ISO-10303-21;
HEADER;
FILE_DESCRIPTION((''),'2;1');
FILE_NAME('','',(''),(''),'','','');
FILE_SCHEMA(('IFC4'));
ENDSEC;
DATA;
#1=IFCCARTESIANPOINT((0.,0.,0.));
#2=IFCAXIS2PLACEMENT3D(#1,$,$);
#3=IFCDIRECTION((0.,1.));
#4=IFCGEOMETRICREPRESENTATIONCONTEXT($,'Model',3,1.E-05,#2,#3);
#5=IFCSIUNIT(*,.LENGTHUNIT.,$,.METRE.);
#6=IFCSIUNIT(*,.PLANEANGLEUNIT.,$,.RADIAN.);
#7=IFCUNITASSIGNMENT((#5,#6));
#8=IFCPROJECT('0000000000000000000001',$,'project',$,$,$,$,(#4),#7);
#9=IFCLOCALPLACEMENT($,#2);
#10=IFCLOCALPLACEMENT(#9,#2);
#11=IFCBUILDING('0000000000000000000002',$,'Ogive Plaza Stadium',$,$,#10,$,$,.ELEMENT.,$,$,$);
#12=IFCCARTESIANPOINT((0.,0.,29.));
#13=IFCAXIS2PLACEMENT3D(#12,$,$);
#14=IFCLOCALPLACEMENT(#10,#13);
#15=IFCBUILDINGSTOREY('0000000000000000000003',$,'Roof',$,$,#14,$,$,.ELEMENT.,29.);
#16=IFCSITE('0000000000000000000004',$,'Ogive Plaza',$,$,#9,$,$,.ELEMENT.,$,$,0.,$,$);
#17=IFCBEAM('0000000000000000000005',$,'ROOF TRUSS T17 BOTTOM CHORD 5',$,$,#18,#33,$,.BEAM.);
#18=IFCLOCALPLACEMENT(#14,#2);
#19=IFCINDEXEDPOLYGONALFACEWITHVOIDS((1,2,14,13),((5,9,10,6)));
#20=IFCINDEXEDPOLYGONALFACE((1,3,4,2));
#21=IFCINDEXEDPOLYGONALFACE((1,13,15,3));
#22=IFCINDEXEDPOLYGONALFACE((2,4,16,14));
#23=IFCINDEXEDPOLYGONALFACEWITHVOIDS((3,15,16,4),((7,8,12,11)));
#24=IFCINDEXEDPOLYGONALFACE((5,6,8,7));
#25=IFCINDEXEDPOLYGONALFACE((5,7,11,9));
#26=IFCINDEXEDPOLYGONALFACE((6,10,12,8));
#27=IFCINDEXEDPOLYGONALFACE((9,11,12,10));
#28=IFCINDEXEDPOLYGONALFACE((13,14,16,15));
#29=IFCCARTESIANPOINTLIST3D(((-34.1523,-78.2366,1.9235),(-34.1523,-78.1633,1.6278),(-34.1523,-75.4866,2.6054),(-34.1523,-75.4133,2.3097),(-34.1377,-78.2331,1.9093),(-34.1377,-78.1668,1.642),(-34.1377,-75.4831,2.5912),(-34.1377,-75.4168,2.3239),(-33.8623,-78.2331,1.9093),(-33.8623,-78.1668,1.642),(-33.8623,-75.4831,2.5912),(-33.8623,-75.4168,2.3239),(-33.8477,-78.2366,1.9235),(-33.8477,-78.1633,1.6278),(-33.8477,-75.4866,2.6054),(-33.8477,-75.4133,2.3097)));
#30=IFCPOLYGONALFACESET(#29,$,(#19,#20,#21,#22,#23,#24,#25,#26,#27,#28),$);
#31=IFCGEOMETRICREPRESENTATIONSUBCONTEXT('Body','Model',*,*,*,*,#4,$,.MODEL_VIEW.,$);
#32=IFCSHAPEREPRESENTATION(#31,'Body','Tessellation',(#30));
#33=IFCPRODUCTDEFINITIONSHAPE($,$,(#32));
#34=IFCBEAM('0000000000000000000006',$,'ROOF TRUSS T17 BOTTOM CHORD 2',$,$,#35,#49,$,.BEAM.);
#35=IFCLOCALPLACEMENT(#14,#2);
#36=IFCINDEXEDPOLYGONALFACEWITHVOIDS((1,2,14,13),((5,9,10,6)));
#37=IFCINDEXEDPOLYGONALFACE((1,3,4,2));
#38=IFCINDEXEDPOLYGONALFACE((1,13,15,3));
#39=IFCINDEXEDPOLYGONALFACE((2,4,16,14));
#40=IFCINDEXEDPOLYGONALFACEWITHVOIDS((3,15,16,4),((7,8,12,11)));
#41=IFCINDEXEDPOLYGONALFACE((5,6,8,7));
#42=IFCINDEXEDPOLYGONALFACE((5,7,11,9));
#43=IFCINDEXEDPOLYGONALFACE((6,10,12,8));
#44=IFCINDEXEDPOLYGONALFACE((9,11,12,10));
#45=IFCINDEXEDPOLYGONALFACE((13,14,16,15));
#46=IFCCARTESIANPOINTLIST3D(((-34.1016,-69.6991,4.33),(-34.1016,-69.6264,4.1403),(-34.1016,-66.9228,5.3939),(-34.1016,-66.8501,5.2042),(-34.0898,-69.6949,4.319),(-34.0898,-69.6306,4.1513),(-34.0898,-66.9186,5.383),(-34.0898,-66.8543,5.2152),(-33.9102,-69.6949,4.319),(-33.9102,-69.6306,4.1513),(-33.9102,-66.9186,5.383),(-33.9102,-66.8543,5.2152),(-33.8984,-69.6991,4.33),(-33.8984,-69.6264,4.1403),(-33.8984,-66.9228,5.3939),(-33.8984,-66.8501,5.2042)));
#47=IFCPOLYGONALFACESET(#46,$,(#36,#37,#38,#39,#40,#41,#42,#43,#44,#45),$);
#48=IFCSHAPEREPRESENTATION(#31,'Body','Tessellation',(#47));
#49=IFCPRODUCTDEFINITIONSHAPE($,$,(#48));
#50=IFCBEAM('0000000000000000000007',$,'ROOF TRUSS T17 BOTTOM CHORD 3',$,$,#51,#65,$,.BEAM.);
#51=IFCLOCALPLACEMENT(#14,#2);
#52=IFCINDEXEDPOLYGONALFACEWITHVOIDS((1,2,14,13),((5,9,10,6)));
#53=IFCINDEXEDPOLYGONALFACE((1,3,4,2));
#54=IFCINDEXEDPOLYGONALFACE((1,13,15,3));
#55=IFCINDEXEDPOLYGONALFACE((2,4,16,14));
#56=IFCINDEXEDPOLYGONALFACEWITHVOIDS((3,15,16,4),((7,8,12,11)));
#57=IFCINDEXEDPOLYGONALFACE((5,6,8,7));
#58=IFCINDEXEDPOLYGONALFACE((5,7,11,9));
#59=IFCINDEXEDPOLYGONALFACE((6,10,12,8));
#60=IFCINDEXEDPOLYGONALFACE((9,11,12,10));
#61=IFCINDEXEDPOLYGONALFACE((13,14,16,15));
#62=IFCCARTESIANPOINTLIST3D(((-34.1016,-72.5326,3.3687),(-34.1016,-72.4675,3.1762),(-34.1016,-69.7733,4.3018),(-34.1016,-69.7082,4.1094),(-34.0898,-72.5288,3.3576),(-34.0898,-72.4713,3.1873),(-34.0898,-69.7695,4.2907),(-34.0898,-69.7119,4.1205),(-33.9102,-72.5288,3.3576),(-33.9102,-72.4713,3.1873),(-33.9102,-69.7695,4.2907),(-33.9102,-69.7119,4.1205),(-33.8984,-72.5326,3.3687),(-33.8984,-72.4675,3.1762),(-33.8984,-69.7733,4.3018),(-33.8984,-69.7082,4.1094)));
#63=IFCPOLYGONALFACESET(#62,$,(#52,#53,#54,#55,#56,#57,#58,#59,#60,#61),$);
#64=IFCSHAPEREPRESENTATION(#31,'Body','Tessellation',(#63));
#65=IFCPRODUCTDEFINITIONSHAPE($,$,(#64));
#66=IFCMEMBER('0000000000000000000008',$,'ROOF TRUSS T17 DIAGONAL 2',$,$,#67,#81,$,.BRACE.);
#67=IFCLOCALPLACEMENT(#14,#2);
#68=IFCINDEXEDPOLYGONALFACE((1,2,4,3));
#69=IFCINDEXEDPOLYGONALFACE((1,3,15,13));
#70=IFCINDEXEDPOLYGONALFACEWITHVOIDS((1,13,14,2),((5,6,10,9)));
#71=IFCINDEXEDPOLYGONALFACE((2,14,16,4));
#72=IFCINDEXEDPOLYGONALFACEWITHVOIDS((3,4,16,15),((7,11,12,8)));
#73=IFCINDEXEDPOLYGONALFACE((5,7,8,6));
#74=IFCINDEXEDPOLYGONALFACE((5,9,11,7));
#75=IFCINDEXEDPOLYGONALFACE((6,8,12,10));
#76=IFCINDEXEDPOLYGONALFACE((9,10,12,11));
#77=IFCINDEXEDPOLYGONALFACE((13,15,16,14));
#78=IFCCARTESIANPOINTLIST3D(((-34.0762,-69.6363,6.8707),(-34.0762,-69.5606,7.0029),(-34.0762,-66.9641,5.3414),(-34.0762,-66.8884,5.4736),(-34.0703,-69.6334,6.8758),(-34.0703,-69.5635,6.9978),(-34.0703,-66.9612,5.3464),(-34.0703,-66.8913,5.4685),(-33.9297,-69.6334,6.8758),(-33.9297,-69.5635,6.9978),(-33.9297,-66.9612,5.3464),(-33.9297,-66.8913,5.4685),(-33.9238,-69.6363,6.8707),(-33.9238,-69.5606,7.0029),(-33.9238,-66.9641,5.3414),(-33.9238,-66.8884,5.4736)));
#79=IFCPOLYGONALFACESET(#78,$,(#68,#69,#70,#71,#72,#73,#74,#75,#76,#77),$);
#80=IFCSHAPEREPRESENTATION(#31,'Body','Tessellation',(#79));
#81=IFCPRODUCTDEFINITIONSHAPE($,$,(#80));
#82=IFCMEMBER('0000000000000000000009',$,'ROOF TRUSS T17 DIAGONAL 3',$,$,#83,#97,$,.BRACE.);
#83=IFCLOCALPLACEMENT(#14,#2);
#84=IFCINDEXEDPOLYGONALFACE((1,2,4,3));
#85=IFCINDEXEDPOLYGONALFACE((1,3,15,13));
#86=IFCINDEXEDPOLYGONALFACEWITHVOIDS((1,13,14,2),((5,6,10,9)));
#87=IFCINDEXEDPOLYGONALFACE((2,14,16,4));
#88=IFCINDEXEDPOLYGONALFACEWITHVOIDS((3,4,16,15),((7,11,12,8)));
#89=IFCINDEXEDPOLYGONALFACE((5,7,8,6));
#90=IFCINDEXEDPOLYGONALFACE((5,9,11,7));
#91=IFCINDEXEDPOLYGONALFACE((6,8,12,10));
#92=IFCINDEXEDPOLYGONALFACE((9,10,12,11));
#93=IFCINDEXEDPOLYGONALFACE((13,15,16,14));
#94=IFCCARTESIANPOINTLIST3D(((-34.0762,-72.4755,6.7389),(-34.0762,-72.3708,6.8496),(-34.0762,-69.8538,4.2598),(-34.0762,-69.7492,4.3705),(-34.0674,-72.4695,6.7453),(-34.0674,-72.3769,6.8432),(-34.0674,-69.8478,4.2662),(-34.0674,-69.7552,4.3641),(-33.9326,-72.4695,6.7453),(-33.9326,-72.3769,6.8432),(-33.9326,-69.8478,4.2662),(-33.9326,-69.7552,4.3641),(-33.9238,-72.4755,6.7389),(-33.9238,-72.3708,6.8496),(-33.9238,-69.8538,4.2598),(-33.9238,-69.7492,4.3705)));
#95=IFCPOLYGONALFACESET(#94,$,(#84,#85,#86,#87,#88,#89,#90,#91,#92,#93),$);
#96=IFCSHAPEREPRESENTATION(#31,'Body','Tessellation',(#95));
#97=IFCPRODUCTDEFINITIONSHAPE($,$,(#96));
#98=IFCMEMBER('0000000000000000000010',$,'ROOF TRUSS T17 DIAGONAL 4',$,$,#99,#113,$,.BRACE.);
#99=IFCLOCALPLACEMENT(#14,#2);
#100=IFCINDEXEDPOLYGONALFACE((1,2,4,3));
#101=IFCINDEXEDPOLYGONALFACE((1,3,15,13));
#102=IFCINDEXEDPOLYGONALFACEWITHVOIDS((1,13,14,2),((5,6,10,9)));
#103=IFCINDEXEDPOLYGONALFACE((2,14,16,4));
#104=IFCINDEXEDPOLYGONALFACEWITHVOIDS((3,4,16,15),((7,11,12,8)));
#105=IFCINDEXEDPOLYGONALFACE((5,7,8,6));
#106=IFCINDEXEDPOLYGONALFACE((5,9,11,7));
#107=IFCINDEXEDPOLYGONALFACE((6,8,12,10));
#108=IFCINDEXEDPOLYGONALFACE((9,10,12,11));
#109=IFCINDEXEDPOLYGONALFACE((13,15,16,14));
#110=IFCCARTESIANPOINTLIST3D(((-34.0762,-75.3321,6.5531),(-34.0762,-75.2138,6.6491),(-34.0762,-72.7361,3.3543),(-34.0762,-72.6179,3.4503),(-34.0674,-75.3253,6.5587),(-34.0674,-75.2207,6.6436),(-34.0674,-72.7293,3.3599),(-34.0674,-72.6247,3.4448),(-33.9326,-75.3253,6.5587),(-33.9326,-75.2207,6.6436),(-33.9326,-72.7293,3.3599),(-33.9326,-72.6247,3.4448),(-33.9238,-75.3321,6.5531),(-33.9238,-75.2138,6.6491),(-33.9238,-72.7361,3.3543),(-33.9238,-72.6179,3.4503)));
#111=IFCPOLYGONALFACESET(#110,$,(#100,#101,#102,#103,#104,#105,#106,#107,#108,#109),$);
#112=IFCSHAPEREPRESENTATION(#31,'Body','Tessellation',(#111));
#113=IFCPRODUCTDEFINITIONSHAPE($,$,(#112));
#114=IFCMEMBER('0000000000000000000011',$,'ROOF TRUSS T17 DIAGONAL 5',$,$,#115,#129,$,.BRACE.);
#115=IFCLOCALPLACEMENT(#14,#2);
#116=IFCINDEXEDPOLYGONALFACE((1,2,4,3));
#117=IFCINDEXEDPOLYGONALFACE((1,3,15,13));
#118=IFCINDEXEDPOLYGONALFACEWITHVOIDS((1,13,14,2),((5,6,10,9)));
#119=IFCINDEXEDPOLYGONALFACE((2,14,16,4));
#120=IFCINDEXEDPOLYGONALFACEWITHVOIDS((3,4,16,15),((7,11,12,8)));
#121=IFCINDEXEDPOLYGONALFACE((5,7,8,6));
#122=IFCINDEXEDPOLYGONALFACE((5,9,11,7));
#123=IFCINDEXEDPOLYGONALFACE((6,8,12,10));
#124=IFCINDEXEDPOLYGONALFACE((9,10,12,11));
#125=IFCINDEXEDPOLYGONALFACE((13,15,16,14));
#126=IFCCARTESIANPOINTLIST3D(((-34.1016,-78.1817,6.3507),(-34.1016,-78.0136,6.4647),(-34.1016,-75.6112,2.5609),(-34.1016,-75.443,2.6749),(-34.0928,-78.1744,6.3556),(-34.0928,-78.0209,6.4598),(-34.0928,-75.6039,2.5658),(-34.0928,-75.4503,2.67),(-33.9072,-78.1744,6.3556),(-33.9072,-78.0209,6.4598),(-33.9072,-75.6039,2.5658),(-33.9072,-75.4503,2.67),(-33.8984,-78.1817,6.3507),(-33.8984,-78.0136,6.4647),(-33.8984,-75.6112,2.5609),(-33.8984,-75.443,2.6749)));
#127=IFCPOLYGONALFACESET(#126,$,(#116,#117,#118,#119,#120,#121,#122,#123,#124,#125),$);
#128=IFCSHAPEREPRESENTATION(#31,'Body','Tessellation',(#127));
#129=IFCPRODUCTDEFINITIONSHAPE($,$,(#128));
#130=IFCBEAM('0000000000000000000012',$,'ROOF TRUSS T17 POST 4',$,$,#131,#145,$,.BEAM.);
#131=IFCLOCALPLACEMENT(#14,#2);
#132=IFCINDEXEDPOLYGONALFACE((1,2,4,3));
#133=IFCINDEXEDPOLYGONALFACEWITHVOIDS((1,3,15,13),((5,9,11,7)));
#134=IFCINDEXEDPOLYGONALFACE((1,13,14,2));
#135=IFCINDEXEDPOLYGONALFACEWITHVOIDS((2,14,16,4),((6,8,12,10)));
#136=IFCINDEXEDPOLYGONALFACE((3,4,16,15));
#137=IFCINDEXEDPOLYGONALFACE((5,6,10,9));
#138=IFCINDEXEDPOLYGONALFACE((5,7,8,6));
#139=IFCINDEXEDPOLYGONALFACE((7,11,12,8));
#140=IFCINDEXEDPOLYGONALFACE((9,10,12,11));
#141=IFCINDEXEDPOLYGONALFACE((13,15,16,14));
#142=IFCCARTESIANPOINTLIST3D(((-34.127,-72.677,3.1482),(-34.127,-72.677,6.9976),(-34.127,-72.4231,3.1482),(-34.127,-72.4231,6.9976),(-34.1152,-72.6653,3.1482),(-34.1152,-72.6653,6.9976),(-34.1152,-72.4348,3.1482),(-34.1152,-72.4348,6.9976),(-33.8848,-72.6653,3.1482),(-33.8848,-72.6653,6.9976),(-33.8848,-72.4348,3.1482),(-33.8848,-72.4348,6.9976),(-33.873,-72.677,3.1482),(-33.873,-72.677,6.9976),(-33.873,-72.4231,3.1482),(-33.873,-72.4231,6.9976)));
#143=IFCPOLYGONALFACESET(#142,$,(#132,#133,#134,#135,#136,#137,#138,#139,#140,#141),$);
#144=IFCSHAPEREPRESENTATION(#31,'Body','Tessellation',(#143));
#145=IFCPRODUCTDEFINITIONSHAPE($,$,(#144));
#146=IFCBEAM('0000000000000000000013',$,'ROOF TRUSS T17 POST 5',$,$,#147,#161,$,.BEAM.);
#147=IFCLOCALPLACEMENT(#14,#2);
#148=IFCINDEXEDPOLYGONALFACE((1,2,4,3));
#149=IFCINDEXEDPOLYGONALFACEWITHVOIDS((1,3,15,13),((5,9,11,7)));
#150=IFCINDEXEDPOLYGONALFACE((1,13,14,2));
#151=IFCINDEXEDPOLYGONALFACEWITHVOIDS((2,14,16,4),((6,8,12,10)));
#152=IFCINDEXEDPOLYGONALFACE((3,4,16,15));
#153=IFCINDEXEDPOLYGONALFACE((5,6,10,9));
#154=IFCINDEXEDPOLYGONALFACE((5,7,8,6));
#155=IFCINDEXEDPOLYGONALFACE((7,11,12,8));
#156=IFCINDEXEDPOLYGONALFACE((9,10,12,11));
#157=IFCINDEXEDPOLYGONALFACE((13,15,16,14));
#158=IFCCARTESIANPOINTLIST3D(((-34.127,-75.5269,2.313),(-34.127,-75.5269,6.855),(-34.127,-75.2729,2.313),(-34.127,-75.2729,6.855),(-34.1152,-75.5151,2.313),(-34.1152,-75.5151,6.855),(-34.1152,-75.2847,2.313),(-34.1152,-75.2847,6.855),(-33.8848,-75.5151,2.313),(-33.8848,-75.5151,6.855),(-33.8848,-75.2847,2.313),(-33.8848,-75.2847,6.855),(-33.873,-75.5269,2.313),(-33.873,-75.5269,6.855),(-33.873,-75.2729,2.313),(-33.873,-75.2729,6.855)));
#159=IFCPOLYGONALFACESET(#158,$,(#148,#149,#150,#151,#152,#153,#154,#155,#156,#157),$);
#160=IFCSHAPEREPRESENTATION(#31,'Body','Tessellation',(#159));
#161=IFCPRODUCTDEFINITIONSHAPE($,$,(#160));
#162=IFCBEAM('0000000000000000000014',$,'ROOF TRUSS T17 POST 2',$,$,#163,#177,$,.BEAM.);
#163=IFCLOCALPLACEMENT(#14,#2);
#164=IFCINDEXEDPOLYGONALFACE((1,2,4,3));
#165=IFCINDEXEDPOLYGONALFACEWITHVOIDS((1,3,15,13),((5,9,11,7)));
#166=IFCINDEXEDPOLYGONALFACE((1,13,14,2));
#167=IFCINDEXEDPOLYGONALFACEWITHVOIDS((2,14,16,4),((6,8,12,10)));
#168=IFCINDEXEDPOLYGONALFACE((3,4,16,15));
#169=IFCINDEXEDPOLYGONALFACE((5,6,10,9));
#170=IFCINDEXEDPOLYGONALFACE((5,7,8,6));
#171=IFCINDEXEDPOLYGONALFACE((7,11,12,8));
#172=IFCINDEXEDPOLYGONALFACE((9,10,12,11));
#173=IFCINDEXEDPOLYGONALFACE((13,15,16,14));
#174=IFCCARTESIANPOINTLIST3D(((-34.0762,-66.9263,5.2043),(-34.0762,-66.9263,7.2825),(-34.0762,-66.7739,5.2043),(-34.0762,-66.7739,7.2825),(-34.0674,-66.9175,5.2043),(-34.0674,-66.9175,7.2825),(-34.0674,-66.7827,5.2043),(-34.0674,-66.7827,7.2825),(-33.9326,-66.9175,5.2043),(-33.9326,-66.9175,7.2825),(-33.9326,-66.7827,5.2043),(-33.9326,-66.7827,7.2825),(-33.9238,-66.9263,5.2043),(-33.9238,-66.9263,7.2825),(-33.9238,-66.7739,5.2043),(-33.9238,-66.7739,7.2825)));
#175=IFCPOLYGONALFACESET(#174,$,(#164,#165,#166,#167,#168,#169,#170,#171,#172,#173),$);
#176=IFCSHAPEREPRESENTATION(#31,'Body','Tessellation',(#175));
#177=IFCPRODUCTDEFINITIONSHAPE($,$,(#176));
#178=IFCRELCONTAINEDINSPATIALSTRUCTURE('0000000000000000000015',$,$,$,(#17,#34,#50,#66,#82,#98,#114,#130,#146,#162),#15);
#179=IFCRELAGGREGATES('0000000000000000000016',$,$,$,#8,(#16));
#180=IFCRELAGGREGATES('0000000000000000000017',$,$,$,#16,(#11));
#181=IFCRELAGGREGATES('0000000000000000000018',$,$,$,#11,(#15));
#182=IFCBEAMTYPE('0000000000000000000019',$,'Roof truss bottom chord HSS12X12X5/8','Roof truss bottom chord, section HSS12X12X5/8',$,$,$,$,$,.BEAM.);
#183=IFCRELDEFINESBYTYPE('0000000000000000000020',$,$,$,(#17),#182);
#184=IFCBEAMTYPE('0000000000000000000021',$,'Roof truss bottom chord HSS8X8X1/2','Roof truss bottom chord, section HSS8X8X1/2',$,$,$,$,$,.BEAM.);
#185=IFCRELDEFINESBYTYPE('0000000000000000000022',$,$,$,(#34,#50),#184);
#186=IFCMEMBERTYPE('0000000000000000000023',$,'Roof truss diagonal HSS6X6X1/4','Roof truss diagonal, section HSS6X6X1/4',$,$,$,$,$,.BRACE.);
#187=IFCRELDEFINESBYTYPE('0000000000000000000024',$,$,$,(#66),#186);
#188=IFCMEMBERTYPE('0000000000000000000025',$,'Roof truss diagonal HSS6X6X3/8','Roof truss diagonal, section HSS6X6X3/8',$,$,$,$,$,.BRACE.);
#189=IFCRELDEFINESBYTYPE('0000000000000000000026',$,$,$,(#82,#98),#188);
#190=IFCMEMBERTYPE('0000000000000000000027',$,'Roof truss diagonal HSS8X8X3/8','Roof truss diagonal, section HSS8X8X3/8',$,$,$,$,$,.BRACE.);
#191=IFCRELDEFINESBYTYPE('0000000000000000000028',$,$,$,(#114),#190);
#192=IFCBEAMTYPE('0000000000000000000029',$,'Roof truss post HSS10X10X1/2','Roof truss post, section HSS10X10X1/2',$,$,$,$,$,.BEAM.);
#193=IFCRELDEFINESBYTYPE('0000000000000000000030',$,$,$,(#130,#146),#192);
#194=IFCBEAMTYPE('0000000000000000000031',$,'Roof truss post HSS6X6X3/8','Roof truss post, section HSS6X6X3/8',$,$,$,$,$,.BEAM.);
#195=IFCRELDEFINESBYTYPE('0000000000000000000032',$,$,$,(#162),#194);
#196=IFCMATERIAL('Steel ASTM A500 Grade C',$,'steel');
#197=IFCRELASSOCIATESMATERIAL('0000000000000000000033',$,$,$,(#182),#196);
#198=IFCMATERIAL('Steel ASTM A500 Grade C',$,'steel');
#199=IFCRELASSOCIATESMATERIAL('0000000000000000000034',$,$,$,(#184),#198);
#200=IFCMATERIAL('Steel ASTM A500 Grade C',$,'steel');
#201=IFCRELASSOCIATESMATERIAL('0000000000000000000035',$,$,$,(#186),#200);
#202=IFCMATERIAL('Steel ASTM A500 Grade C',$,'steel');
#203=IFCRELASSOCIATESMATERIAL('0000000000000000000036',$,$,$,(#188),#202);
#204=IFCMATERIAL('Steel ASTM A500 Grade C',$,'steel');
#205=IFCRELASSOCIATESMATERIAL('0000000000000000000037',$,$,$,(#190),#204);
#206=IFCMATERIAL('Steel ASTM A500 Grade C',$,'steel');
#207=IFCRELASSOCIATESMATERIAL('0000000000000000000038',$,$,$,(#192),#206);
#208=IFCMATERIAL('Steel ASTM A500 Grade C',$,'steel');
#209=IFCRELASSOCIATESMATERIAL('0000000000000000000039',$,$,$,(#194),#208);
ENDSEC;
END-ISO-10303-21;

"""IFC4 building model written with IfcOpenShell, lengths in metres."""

from ifc_helpers import new_model, si_unit, direction, frame, origin, origin_2d, place, context, subcontext, project, spatial, hollow_rectangle, extrude, material, material_profile, profile_set, type_object, element, save


model = new_model("IFC4")

# Units and contexts
model_context = context("Model", 3, precision=1e-05, world=origin(), true_north=direction((0.0, 1.0)))
body_context = subcontext(model_context, "Body", "Model", "MODEL_VIEW")
ifc_project = project(units=[si_unit("LENGTHUNIT", "METRE"), si_unit("PLANEANGLEUNIT", "RADIAN")], contexts=[model_context])

# Site, building, storey
site_placement = place(None, origin())
site = spatial("IfcSite", under=ifc_project, at=site_placement, Name="Ogive Plaza", CompositionType="ELEMENT", RefElevation=0.0)
building_placement = place(site_placement, origin())
building = spatial("IfcBuilding", under=site, at=building_placement, Name="Ogive Plaza Stadium", CompositionType="ELEMENT")
storey_placement = place(building_placement, frame((0.0, 0.0, 29.0)))
storey = spatial("IfcBuildingStorey", under=building, at=storey_placement, Name="Roof", CompositionType="ELEMENT", Elevation=29.0)

# Beams
ifc_material_1 = material(Name="Steel ASTM A500 Grade C", Category="steel")
ifc_material_profile_1 = material_profile(ifc_material_1, hollow_rectangle(XDim=0.3047, YDim=0.3047, WallThickness=0.0146, at=origin_2d()), Name="HSS12X12X5/8")
ifc_profile_set_1 = profile_set([ifc_material_profile_1], Name="Steel ASTM A500 Grade C")
beam_type_1 = type_object("IfcBeamType", Name="Roof truss bottom chord HSS12X12X5/8", Description="Roof truss bottom chord, section HSS12X12X5/8", PredefinedType="BEAM", material=ifc_profile_set_1)
beam_1_placement = place(storey_placement, frame((-34.0, -75.45, 2.4575), z_axis=(0.0, -0.970607, -0.24067), x_axis=(1.0, 0.0, 0.0)))
element("IfcBeam", 1, at=beam_1_placement, inside=storey, type_object=beam_type_1, Name="ROOF TRUSS T17 BOTTOM CHORD 5", PredefinedType="BEAM", context=body_context, shape_type="SweptSolid", body=[
    extrude(hollow_rectangle(XDim=0.3047, YDim=0.3047, WallThickness=0.0146, at=origin_2d()), origin(), (0.0, 0.0, 1.0), 2.8333),
])
ifc_material_2 = material(Name="Steel ASTM A500 Grade C", Category="steel")
ifc_material_profile_2 = material_profile(ifc_material_2, hollow_rectangle(XDim=0.2031, YDim=0.2031, WallThickness=0.0117, at=origin_2d()), Name="HSS8X8X1/2")
ifc_profile_set_2 = profile_set([ifc_material_profile_2], Name="Steel ASTM A500 Grade C")
beam_type_2 = type_object("IfcBeamType", Name="Roof truss bottom chord HSS8X8X1/2", Description="Roof truss bottom chord, section HSS8X8X1/2", PredefinedType="BEAM", material=ifc_profile_set_2)
beam_2_placement = place(storey_placement, frame((-34.0, -66.8865, 5.2991), z_axis=(0.0, -0.933781, -0.357845), x_axis=(1.0, 0.0, 0.0)))
element("IfcBeam", 2, at=beam_2_placement, inside=storey, type_object=beam_type_2, Name="ROOF TRUSS T17 BOTTOM CHORD 2", PredefinedType="BEAM", context=body_context, shape_type="SweptSolid", body=[
    extrude(hollow_rectangle(XDim=0.2031, YDim=0.2031, WallThickness=0.0117, at=origin_2d()), origin(), (0.0, 0.0, 1.0), 2.9731),
])
beam_3_placement = place(storey_placement, frame((-34.0, -69.7407, 4.2056), z_axis=(0.0, -0.9473, -0.320349), x_axis=(1.0, 0.0, 0.0)))
element("IfcBeam", 3, at=beam_3_placement, inside=storey, type_object=beam_type_2, Name="ROOF TRUSS T17 BOTTOM CHORD 3", PredefinedType="BEAM", context=body_context, shape_type="SweptSolid", body=[
    extrude(hollow_rectangle(XDim=0.2031, YDim=0.2031, WallThickness=0.0117, at=origin_2d()), origin(), (0.0, 0.0, 1.0), 2.9128),
])

# Members
ifc_material_3 = material(Name="Steel ASTM A500 Grade C", Category="steel")
ifc_material_profile_3 = material_profile(ifc_material_3, hollow_rectangle(XDim=0.1523, YDim=0.1523, WallThickness=0.0059, at=origin_2d()), Name="HSS6X6X1/4")
ifc_profile_set_3 = profile_set([ifc_material_profile_3], Name="Steel ASTM A500 Grade C")
member_type_1 = type_object("IfcMemberType", Name="Roof truss diagonal HSS6X6X1/4", Description="Roof truss diagonal, section HSS6X6X1/4", PredefinedType="BRACE", material=ifc_profile_set_3)
member_1_placement = place(storey_placement, frame((-34.0, -66.9263, 5.4075), z_axis=(0.0, -0.867911, 0.49672), x_axis=(1.0, 0.0, 0.0)))
element("IfcMember", 4, at=member_1_placement, inside=storey, type_object=member_type_1, Name="ROOF TRUSS T17 DIAGONAL 2", PredefinedType="BRACE", context=body_context, shape_type="SweptSolid", body=[
    extrude(hollow_rectangle(XDim=0.1523, YDim=0.1523, WallThickness=0.0059, at=origin_2d()), origin(), (0.0, 0.0, 1.0), 3.0789),
])
ifc_material_4 = material(Name="Steel ASTM A500 Grade C", Category="steel")
ifc_material_profile_4 = material_profile(ifc_material_4, hollow_rectangle(XDim=0.1523, YDim=0.1523, WallThickness=0.0088, at=origin_2d()), Name="HSS6X6X3/8")
ifc_profile_set_4 = profile_set([ifc_material_profile_4], Name="Steel ASTM A500 Grade C")
member_type_2 = type_object("IfcMemberType", Name="Roof truss diagonal HSS6X6X3/8", Description="Roof truss diagonal, section HSS6X6X3/8", PredefinedType="BRACE", material=ifc_profile_set_4)
member_2_placement = place(storey_placement, frame((-34.0, -69.8015, 4.3152), z_axis=(0.0, -0.726589, 0.687072), x_axis=(1.0, 0.0, 0.0)))
element("IfcMember", 5, at=member_2_placement, inside=storey, type_object=member_type_2, Name="ROOF TRUSS T17 DIAGONAL 3", PredefinedType="BRACE", context=body_context, shape_type="SweptSolid", body=[
    extrude(hollow_rectangle(XDim=0.1523, YDim=0.1523, WallThickness=0.0088, at=origin_2d()), origin(), (0.0, 0.0, 1.0), 3.6082),
])
member_3_placement = place(storey_placement, frame((-34.0, -72.677, 3.4023), z_axis=(0.0, -0.630151, 0.776473), x_axis=(1.0, 0.0, 0.0)))
element("IfcMember", 6, at=member_3_placement, inside=storey, type_object=member_type_2, Name="ROOF TRUSS T17 DIAGONAL 4", PredefinedType="BRACE", context=body_context, shape_type="SweptSolid", body=[
    extrude(hollow_rectangle(XDim=0.1523, YDim=0.1523, WallThickness=0.0088, at=origin_2d()), origin(), (0.0, 0.0, 1.0), 4.1196),
])
ifc_material_5 = material(Name="Steel ASTM A500 Grade C", Category="steel")
ifc_material_profile_5 = material_profile(ifc_material_5, hollow_rectangle(XDim=0.2031, YDim=0.2031, WallThickness=0.0088, at=origin_2d()), Name="HSS8X8X3/8")
ifc_profile_set_5 = profile_set([ifc_material_profile_5], Name="Steel ASTM A500 Grade C")
member_type_3 = type_object("IfcMemberType", Name="Roof truss diagonal HSS8X8X3/8", Description="Roof truss diagonal, section HSS8X8X3/8", PredefinedType="BRACE", material=ifc_profile_set_5)
member_4_placement = place(storey_placement, frame((-34.0, -75.5271, 2.6179), z_axis=(0.0, -0.561338, 0.827586), x_axis=(1.0, 0.0, 0.0)))
element("IfcMember", 7, at=member_4_placement, inside=storey, type_object=member_type_3, Name="ROOF TRUSS T17 DIAGONAL 5", PredefinedType="BRACE", context=body_context, shape_type="SweptSolid", body=[
    extrude(hollow_rectangle(XDim=0.2031, YDim=0.2031, WallThickness=0.0088, at=origin_2d()), origin(), (0.0, 0.0, 1.0), 4.5793),
])

# Beams
ifc_material_6 = material(Name="Steel ASTM A500 Grade C", Category="steel")
ifc_material_profile_6 = material_profile(ifc_material_6, hollow_rectangle(XDim=0.2539, YDim=0.2539, WallThickness=0.0117, at=origin_2d()), Name="HSS10X10X1/2")
ifc_profile_set_6 = profile_set([ifc_material_profile_6], Name="Steel ASTM A500 Grade C")
beam_type_3 = type_object("IfcBeamType", Name="Roof truss post HSS10X10X1/2", Description="Roof truss post, section HSS10X10X1/2", PredefinedType="BEAM", material=ifc_profile_set_6)
beam_4_placement = place(storey_placement, frame((-34.0, -72.55, 3.1482), z_axis=(0.0, 0.0, 1.0), x_axis=(1.0, 0.0, 0.0)))
element("IfcBeam", 8, at=beam_4_placement, inside=storey, type_object=beam_type_3, Name="ROOF TRUSS T17 POST 4", PredefinedType="BEAM", context=body_context, shape_type="SweptSolid", body=[
    extrude(hollow_rectangle(XDim=0.2539, YDim=0.2539, WallThickness=0.0117, at=origin_2d()), origin(), (0.0, 0.0, 1.0), 3.8494),
])
beam_5_placement = place(storey_placement, frame((-34.0, -75.3999, 2.313), z_axis=(0.0, 0.0, 1.0), x_axis=(1.0, 0.0, 0.0)))
element("IfcBeam", 9, at=beam_5_placement, inside=storey, type_object=beam_type_3, Name="ROOF TRUSS T17 POST 5", PredefinedType="BEAM", context=body_context, shape_type="SweptSolid", body=[
    extrude(hollow_rectangle(XDim=0.2539, YDim=0.2539, WallThickness=0.0117, at=origin_2d()), origin(), (0.0, 0.0, 1.0), 4.542),
])
ifc_material_7 = material(Name="Steel ASTM A500 Grade C", Category="steel")
ifc_material_profile_7 = material_profile(ifc_material_7, hollow_rectangle(XDim=0.1523, YDim=0.1523, WallThickness=0.0088, at=origin_2d()), Name="HSS6X6X3/8")
ifc_profile_set_7 = profile_set([ifc_material_profile_7], Name="Steel ASTM A500 Grade C")
beam_type_4 = type_object("IfcBeamType", Name="Roof truss post HSS6X6X3/8", Description="Roof truss post, section HSS6X6X3/8", PredefinedType="BEAM", material=ifc_profile_set_7)
beam_6_placement = place(storey_placement, frame((-34.0, -66.8501, 5.2043), z_axis=(0.0, 0.0, 1.0), x_axis=(1.0, 0.0, 0.0)))
element("IfcBeam", 10, at=beam_6_placement, inside=storey, type_object=beam_type_4, Name="ROOF TRUSS T17 POST 2", PredefinedType="BEAM", context=body_context, shape_type="SweptSolid", body=[
    extrude(hollow_rectangle(XDim=0.1523, YDim=0.1523, WallThickness=0.0088, at=origin_2d()), origin(), (0.0, 0.0, 1.0), 2.0781),
])

save(model, "model.ifc")
